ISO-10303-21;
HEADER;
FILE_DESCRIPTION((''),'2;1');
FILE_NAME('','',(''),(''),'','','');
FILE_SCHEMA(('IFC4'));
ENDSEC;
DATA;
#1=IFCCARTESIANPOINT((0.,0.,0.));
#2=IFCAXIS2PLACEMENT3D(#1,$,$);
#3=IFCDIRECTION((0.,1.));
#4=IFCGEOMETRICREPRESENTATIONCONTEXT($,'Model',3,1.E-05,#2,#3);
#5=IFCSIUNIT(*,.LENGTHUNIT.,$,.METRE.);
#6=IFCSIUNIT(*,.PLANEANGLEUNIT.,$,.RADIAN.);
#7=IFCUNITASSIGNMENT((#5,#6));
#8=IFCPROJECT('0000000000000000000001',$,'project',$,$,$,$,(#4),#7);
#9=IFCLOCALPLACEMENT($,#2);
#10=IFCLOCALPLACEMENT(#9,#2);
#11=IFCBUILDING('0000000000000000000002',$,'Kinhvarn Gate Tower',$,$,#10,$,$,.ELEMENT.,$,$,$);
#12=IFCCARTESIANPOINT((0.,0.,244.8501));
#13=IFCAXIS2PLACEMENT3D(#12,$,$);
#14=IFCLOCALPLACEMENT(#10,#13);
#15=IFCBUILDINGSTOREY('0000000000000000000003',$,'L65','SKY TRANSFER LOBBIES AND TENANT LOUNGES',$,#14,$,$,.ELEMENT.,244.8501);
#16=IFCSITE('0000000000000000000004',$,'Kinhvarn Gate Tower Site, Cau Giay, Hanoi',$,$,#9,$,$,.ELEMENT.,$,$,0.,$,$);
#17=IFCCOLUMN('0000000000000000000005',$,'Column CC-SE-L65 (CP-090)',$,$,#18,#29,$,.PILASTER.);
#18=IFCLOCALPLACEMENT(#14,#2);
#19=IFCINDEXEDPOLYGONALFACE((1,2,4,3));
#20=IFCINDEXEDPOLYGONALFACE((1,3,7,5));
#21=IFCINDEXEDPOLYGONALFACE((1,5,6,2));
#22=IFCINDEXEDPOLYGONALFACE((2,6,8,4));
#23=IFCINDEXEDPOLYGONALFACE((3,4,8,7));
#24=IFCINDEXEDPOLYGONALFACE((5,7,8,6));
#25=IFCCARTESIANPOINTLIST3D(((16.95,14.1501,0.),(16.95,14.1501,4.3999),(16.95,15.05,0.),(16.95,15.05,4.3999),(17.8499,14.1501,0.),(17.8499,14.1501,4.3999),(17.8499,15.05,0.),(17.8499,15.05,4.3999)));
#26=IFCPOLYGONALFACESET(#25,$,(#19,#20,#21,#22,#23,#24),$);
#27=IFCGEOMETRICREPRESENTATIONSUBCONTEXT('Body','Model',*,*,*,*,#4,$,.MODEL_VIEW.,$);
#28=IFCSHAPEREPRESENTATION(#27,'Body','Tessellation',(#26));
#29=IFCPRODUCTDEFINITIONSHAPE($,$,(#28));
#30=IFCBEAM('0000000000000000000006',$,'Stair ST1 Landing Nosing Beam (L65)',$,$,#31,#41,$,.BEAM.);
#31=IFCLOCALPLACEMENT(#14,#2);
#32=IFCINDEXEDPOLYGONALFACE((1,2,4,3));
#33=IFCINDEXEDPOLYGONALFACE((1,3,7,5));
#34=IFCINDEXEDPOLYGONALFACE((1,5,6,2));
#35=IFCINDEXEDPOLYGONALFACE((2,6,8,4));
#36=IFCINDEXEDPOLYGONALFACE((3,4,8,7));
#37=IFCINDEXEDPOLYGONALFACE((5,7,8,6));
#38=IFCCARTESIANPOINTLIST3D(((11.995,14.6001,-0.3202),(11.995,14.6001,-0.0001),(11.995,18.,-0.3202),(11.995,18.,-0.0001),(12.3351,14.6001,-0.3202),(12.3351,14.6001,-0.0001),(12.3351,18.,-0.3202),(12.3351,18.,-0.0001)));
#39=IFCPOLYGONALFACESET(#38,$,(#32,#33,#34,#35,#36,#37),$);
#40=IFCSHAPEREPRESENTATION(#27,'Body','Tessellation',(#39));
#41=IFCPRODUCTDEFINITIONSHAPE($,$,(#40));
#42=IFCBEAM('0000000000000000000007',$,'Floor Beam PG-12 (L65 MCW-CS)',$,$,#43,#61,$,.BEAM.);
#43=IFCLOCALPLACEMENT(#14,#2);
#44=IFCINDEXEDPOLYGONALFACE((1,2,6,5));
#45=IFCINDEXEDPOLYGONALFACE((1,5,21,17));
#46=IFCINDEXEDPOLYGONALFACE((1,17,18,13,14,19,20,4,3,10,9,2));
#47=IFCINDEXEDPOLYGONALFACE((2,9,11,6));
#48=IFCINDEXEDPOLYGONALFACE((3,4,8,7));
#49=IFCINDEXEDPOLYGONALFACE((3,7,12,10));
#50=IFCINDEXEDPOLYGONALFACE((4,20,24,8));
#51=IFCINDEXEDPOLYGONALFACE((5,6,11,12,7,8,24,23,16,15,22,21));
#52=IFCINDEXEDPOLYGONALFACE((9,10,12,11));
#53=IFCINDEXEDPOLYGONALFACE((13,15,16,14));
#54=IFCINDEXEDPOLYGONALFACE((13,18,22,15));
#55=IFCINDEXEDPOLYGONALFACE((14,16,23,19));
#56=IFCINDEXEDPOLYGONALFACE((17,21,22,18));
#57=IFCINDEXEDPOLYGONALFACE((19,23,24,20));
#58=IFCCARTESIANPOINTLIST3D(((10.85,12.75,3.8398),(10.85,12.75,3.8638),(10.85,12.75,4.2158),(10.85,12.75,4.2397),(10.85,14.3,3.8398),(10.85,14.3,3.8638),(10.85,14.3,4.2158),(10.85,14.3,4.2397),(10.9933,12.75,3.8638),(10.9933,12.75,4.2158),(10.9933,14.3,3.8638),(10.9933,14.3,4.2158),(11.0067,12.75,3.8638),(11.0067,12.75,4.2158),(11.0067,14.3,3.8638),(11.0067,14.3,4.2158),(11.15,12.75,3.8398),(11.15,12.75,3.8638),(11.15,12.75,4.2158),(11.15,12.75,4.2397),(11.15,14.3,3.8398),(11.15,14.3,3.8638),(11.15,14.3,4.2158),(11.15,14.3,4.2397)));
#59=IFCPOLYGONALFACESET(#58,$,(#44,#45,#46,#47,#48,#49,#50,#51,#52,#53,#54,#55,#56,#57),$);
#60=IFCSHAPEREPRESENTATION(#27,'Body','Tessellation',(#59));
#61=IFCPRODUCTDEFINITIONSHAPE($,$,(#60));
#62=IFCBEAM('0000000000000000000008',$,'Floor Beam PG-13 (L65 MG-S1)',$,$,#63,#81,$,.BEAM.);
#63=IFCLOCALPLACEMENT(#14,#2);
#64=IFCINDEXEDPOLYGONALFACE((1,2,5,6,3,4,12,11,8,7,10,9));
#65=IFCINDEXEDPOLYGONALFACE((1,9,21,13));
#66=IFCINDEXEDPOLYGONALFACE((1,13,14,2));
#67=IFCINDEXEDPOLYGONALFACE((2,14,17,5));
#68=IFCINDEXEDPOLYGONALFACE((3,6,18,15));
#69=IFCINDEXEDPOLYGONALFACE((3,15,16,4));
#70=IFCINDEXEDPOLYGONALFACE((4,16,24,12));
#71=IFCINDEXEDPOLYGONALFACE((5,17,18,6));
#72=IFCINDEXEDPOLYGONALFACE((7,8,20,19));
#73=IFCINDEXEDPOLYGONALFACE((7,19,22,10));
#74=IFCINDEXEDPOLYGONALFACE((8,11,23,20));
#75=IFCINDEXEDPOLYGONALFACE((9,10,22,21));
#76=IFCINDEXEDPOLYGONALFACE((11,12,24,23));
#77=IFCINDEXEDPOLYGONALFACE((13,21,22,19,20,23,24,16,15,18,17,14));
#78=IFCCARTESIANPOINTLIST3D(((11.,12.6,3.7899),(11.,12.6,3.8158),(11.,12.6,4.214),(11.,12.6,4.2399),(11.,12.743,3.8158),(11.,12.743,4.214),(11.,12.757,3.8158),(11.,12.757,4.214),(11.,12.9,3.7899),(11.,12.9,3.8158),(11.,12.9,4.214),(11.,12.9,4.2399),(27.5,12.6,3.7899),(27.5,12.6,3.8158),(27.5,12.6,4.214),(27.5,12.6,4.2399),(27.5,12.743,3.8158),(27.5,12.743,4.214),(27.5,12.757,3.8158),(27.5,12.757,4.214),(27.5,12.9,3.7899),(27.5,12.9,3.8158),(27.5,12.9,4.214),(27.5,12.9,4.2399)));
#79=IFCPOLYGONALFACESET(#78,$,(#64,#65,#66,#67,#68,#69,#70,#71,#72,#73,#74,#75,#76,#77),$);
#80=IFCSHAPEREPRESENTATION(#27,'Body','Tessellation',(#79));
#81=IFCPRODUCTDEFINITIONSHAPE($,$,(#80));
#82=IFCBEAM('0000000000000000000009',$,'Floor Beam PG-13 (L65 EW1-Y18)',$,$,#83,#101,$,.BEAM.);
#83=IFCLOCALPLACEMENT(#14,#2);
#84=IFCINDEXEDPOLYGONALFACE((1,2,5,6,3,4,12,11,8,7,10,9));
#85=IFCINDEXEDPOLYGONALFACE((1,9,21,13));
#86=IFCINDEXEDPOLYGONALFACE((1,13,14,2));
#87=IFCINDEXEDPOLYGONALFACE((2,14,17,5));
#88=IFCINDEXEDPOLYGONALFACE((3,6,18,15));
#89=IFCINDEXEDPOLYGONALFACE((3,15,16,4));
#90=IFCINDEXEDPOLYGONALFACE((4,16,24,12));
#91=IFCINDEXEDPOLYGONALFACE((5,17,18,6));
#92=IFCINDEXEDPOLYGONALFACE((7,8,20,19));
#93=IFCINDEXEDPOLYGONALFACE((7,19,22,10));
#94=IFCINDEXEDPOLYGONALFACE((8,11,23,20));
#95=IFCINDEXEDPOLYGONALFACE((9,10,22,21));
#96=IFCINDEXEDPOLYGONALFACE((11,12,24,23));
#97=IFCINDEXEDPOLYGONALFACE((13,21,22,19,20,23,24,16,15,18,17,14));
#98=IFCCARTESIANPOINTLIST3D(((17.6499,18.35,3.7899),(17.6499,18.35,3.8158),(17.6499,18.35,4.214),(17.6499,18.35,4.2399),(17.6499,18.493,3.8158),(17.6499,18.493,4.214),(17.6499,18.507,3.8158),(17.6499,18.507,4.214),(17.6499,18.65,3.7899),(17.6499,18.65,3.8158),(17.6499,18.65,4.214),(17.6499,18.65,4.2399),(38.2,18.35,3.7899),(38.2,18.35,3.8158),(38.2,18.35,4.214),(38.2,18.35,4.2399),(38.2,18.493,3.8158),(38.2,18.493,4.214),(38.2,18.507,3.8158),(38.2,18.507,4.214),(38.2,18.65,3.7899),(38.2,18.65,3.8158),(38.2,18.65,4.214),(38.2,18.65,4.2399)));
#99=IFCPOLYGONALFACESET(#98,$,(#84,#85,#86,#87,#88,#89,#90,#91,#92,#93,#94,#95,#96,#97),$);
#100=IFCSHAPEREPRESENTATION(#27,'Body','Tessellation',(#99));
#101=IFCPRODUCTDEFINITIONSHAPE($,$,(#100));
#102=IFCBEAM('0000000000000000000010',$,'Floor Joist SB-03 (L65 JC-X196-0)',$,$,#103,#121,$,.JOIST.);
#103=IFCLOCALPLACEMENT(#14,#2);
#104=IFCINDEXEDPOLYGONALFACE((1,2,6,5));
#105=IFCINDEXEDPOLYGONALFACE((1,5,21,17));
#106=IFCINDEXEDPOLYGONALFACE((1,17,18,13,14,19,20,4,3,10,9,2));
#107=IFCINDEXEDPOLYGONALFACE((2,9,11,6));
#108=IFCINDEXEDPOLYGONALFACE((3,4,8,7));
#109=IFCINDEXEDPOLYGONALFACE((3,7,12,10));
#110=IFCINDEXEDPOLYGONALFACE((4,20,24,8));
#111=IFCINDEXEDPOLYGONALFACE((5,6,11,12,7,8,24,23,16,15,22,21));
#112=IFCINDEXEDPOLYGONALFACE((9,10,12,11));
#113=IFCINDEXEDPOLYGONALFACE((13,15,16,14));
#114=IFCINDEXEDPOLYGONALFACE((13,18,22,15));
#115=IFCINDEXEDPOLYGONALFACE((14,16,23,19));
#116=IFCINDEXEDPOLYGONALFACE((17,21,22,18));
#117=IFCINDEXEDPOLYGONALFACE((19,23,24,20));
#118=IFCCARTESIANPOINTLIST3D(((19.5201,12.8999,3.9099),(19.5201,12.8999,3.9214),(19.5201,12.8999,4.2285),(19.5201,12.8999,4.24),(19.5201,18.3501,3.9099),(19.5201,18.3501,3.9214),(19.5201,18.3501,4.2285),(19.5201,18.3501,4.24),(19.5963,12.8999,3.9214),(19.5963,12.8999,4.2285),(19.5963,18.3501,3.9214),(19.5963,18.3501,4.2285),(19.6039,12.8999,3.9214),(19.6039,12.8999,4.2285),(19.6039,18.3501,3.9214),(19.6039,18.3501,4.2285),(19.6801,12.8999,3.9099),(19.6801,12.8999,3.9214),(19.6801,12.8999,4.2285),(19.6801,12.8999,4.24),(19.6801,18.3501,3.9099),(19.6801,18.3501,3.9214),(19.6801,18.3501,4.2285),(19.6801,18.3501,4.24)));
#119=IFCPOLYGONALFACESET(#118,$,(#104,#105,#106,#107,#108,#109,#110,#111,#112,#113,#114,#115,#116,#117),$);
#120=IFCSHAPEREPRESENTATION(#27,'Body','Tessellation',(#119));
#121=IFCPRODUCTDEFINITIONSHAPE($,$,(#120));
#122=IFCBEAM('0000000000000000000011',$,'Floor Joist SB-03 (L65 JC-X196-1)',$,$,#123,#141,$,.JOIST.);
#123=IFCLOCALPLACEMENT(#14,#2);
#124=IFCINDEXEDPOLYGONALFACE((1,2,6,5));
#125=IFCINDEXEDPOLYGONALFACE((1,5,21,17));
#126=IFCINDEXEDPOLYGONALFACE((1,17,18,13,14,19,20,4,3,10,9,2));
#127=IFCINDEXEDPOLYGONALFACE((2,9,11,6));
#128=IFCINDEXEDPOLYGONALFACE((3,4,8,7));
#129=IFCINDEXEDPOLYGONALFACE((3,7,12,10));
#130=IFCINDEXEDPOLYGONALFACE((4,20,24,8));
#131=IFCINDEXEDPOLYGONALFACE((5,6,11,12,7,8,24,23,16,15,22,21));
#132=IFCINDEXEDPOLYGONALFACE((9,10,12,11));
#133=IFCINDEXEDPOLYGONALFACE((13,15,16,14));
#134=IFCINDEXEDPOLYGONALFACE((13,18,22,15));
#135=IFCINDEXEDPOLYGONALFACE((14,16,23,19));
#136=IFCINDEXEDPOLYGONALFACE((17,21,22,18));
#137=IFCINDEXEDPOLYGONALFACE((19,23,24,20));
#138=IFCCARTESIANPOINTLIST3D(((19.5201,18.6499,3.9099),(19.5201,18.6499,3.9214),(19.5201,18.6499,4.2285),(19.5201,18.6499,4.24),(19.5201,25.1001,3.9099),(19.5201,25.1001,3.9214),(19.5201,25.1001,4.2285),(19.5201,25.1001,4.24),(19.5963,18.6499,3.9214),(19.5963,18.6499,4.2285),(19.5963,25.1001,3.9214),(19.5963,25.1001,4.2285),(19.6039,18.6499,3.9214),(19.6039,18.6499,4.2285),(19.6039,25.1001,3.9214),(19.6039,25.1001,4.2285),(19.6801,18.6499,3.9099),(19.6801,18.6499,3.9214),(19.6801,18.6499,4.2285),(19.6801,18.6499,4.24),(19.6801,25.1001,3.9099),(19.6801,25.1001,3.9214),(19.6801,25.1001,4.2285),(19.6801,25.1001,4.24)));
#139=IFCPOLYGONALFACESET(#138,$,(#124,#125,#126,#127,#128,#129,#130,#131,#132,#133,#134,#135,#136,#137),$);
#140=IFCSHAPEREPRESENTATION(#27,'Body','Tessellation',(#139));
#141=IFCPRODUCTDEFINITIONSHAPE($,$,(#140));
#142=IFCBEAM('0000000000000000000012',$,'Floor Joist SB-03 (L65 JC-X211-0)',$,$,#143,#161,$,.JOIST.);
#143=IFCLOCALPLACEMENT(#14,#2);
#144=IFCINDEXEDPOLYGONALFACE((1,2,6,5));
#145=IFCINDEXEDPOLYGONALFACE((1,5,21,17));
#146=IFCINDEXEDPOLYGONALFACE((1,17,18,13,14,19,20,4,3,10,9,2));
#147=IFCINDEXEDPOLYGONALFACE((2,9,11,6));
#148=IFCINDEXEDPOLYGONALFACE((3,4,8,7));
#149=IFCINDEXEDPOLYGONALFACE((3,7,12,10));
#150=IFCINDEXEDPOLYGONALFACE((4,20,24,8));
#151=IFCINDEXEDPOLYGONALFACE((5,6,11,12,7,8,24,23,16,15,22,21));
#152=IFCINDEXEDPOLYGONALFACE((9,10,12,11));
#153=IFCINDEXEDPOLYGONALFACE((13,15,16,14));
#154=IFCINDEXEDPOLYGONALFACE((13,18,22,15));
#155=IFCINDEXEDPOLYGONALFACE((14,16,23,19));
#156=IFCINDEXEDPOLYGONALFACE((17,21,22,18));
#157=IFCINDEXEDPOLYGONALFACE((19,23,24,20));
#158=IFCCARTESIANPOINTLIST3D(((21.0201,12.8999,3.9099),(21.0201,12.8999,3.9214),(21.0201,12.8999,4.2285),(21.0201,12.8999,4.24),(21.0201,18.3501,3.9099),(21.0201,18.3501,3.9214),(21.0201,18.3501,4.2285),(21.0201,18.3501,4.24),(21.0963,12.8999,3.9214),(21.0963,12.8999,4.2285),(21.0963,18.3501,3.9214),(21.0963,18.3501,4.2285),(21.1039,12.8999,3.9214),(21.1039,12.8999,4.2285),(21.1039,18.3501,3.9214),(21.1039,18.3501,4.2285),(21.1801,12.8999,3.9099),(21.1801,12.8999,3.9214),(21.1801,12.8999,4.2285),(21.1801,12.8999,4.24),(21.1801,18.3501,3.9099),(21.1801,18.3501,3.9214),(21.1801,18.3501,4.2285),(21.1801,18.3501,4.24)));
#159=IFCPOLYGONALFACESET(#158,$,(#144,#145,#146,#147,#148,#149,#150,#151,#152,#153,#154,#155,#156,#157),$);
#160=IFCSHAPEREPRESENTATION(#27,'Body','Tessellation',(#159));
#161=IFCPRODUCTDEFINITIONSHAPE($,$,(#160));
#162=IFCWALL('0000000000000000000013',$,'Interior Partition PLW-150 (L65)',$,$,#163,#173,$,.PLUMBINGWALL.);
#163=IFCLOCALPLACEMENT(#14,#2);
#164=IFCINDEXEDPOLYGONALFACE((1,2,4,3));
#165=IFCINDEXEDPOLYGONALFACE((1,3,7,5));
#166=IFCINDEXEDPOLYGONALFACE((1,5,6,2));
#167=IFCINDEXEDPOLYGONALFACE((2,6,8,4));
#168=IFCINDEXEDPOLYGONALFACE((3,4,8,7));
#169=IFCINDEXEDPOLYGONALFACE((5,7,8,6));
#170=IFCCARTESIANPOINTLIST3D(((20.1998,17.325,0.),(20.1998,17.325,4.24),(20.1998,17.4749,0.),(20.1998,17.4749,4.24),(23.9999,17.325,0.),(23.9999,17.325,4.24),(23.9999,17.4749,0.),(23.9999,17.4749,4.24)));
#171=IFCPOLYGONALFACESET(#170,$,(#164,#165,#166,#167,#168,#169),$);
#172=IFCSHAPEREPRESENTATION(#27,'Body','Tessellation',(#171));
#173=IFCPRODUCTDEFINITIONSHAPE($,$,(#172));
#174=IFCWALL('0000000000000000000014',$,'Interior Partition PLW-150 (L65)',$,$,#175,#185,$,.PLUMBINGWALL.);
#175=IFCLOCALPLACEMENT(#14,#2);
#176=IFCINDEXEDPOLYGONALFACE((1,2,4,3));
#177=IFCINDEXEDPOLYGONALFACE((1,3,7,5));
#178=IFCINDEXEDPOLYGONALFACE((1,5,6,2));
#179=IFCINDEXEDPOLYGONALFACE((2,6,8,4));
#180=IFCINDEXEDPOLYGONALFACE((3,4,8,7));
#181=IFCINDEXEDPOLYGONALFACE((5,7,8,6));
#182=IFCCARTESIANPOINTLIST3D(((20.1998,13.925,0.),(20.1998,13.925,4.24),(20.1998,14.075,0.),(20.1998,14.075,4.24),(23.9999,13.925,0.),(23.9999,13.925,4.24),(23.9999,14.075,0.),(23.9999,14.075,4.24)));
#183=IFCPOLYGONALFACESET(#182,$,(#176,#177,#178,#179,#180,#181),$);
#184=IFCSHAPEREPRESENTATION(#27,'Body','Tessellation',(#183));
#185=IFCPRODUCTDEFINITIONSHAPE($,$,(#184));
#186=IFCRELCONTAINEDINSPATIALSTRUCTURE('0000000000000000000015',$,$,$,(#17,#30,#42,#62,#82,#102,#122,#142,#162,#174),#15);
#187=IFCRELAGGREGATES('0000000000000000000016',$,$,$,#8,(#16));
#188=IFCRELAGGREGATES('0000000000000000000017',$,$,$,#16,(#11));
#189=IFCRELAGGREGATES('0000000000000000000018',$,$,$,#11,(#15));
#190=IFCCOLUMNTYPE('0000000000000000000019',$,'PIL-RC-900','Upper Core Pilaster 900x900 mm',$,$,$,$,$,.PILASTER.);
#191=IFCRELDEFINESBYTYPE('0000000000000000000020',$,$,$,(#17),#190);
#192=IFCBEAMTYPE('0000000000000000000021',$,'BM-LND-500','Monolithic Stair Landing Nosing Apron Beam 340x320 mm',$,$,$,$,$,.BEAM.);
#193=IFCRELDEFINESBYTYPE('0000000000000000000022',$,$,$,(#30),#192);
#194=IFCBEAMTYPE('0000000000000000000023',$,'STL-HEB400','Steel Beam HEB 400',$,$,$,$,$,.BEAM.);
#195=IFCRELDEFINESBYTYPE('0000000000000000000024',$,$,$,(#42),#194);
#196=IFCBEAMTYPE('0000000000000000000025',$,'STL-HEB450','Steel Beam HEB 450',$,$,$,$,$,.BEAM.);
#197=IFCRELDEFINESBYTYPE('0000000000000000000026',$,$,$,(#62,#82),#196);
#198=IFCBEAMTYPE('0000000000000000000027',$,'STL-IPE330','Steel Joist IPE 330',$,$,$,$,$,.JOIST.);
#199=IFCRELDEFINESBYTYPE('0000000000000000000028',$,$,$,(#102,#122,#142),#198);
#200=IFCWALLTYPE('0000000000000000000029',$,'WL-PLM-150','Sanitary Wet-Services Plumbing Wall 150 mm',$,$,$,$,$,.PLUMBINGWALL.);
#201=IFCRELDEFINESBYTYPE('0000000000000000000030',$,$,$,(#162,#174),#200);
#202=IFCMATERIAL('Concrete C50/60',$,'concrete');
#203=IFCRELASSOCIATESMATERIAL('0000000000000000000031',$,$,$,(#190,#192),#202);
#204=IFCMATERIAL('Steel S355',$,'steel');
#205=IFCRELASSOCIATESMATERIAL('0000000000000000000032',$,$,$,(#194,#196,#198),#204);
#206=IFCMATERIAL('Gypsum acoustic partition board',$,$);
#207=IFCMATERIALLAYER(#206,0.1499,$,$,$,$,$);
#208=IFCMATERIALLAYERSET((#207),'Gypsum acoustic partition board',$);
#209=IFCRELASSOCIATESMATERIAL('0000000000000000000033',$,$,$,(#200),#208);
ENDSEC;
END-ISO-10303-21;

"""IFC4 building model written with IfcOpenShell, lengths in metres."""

from ifc_helpers import new_model, si_unit, direction, frame, frame_2d, origin, origin_2d, place, context, subcontext, project, spatial, rectangle, i_section, extrude, material, layer, layer_set, material_profile, profile_set, type_object, element, save


model = new_model("IFC4")

# Units and contexts
model_context = context("Model", 3, precision=1e-05, world=origin(), true_north=direction((0.0, 1.0)))
body_context = subcontext(model_context, "Body", "Model", "MODEL_VIEW")
ifc_project = project(units=[si_unit("LENGTHUNIT", "METRE"), si_unit("PLANEANGLEUNIT", "RADIAN")], contexts=[model_context])

# Site, building, storey
site_placement = place(None, origin())
site = spatial("IfcSite", under=ifc_project, at=site_placement, Name="Kinhvarn Gate Tower Site, Cau Giay, Hanoi", CompositionType="ELEMENT", RefElevation=0.0)
building_placement = place(site_placement, origin())
building = spatial("IfcBuilding", under=site, at=building_placement, Name="Kinhvarn Gate Tower", CompositionType="ELEMENT")
storey_placement = place(building_placement, frame((0.0, 0.0, 244.8501)))
storey = spatial("IfcBuildingStorey", under=building, at=storey_placement, Name="L65", Description="SKY TRANSFER LOBBIES AND TENANT LOUNGES", CompositionType="ELEMENT", Elevation=244.8501)

# Column
ifc_material_1 = material(Name="Concrete C50/60", Category="concrete")
ifc_material_profile_1 = material_profile(ifc_material_1, rectangle(XDim=0.8999, YDim=0.8999, at=origin_2d()), Name="RC 900x900")
ifc_profile_set_1 = profile_set([ifc_material_profile_1], Name="Concrete C50/60")
column_type = type_object("IfcColumnType", Name="PIL-RC-900", Description="Upper Core Pilaster 900x900 mm", PredefinedType="PILASTER", material=ifc_profile_set_1)
column_placement = place(storey_placement, frame((17.3999, 14.6001, 0.0), z_axis=(0.0, 0.0, 1.0), x_axis=(1.0, 0.0, 0.0)))
element("IfcColumn", 1, at=column_placement, inside=storey, type_object=column_type, Name="Column CC-SE-L65 (CP-090)", PredefinedType="PILASTER", context=body_context, shape_type="SweptSolid", body=[
    extrude(rectangle(XDim=0.8999, YDim=0.8999, at=origin_2d()), origin(), (0.0, 0.0, 1.0), 4.3999),
])

# Beams
ifc_material_profile_2 = material_profile(ifc_material_1, rectangle(XDim=0.3401, YDim=0.3201, at=origin_2d()), Name="RC 340x320")
ifc_profile_set_2 = profile_set([ifc_material_profile_2], Name="Concrete C50/60")
beam_type_1 = type_object("IfcBeamType", Name="BM-LND-500", Description="Monolithic Stair Landing Nosing Apron Beam 340x320 mm", PredefinedType="BEAM", material=ifc_profile_set_2)
beam_1_placement = place(storey_placement, frame((12.165, 14.6001, -0.1602), z_axis=(0.0, 1.0, 0.0), x_axis=(-1.0, 0.0, 0.0)))
element("IfcBeam", 2, at=beam_1_placement, inside=storey, type_object=beam_type_1, Name="Stair ST1 Landing Nosing Beam (L65)", PredefinedType="BEAM", context=body_context, shape_type="SweptSolid", body=[
    extrude(rectangle(XDim=0.3401, YDim=0.3201, at=origin_2d()), origin(), (0.0, 0.0, 1.0), 3.3999),
])
ifc_material_2 = material(Name="Steel S355", Category="steel")
ifc_material_profile_3 = material_profile(ifc_material_2, i_section(OverallWidth=0.3, OverallDepth=0.3999, WebThickness=0.0134, FlangeThickness=0.0239, at=origin_2d()), Name="HEB 400")
ifc_profile_set_3 = profile_set([ifc_material_profile_3], Name="Steel S355")
beam_type_2 = type_object("IfcBeamType", Name="STL-HEB400", Description="Steel Beam HEB 400", PredefinedType="BEAM", material=ifc_profile_set_3)
beam_2_placement = place(storey_placement, frame((11.0, 12.75, 4.0398), z_axis=(0.0, 1.0, 0.0), x_axis=(-1.0, 0.0, 0.0)))
element("IfcBeam", 3, at=beam_2_placement, inside=storey, type_object=beam_type_2, Name="Floor Beam PG-12 (L65 MCW-CS)", PredefinedType="BEAM", context=body_context, shape_type="SweptSolid", body=[
    extrude(i_section(OverallWidth=0.3, OverallDepth=0.3999, WebThickness=0.0134, FlangeThickness=0.0239, at=origin_2d()), origin(), (0.0, 0.0, 1.0), 1.55),
])
ifc_material_profile_4 = material_profile(ifc_material_2, i_section(OverallWidth=0.3, OverallDepth=0.45, WebThickness=0.0139, FlangeThickness=0.0259, at=origin_2d()), Name="HEB 450")
ifc_profile_set_4 = profile_set([ifc_material_profile_4], Name="Steel S355")
beam_type_3 = type_object("IfcBeamType", Name="STL-HEB450", Description="Steel Beam HEB 450", PredefinedType="BEAM", material=ifc_profile_set_4)
beam_3_placement = place(storey_placement, frame((11.0, 12.75, 4.0149), z_axis=(1.0, 0.0, 0.0), x_axis=(0.0, 1.0, 0.0)))
element("IfcBeam", 4, at=beam_3_placement, inside=storey, type_object=beam_type_3, Name="Floor Beam PG-13 (L65 MG-S1)", PredefinedType="BEAM", context=body_context, shape_type="SweptSolid", body=[
    extrude(i_section(OverallWidth=0.3, OverallDepth=0.45, WebThickness=0.0139, FlangeThickness=0.0259, at=origin_2d()), origin(), (0.0, 0.0, 1.0), 16.5),
])
beam_4_placement = place(storey_placement, frame((17.6499, 18.5, 4.0149), z_axis=(1.0, 0.0, 0.0), x_axis=(0.0, 1.0, 0.0)))
element("IfcBeam", 5, at=beam_4_placement, inside=storey, type_object=beam_type_3, Name="Floor Beam PG-13 (L65 EW1-Y18)", PredefinedType="BEAM", context=body_context, shape_type="SweptSolid", body=[
    extrude(i_section(OverallWidth=0.3, OverallDepth=0.45, WebThickness=0.0139, FlangeThickness=0.0259, at=origin_2d()), origin(), (0.0, 0.0, 1.0), 20.55),
])
ifc_material_profile_5 = material_profile(ifc_material_2, i_section(OverallWidth=0.1599, OverallDepth=0.3301, WebThickness=0.0076, FlangeThickness=0.0115, at=origin_2d()), Name="IPE 330")
ifc_profile_set_5 = profile_set([ifc_material_profile_5], Name="Steel S355")
beam_type_4 = type_object("IfcBeamType", Name="STL-IPE330", Description="Steel Joist IPE 330", PredefinedType="JOIST", material=ifc_profile_set_5)
beam_5_placement = place(storey_placement, frame((19.6001, 12.8999, 4.075), z_axis=(0.0, 1.0, 0.0), x_axis=(-1.0, 0.0, 0.0)))
element("IfcBeam", 6, at=beam_5_placement, inside=storey, type_object=beam_type_4, Name="Floor Joist SB-03 (L65 JC-X196-0)", PredefinedType="JOIST", context=body_context, shape_type="SweptSolid", body=[
    extrude(i_section(OverallWidth=0.1599, OverallDepth=0.3301, WebThickness=0.0076, FlangeThickness=0.0115, at=origin_2d()), origin(), (0.0, 0.0, 1.0), 5.4502),
])
beam_6_placement = place(storey_placement, frame((19.6001, 18.6499, 4.075), z_axis=(0.0, 1.0, 0.0), x_axis=(-1.0, 0.0, 0.0)))
element("IfcBeam", 7, at=beam_6_placement, inside=storey, type_object=beam_type_4, Name="Floor Joist SB-03 (L65 JC-X196-1)", PredefinedType="JOIST", context=body_context, shape_type="SweptSolid", body=[
    extrude(i_section(OverallWidth=0.1599, OverallDepth=0.3301, WebThickness=0.0076, FlangeThickness=0.0115, at=origin_2d()), origin(), (0.0, 0.0, 1.0), 6.4502),
])
beam_7_placement = place(storey_placement, frame((21.1001, 12.8999, 4.075), z_axis=(0.0, 1.0, 0.0), x_axis=(-1.0, 0.0, 0.0)))
element("IfcBeam", 8, at=beam_7_placement, inside=storey, type_object=beam_type_4, Name="Floor Joist SB-03 (L65 JC-X211-0)", PredefinedType="JOIST", context=body_context, shape_type="SweptSolid", body=[
    extrude(i_section(OverallWidth=0.1599, OverallDepth=0.3301, WebThickness=0.0076, FlangeThickness=0.0115, at=origin_2d()), origin(), (0.0, 0.0, 1.0), 5.4502),
])

# Walls
ifc_material_3 = material(Name="Gypsum acoustic partition board")
ifc_layer_1 = layer(ifc_material_3, 0.1499)
ifc_layer_set_1 = layer_set([ifc_layer_1], Name="Gypsum acoustic partition board")
wall_type_1 = type_object("IfcWallType", Name="WL-PLM-150", Description="Sanitary Wet-Services Plumbing Wall 150 mm", PredefinedType="PLUMBINGWALL", material=ifc_layer_set_1)
for number, where, z_axis, x_axis, name in (
    (9, (20.2, 17.3999, 0.0), (0.0, 0.0, 1.0), (1.0, 0.0, 0.0), "Interior Partition PLW-150 (L65)"),
    (10, (20.2, 14.0, 0.0), (0.0, 0.0, 1.0), (1.0, 0.0, 0.0), "Interior Partition PLW-150 (L65)"),
):
    element("IfcWall", number, at=place(storey_placement, frame(where, z_axis=z_axis, x_axis=x_axis)), inside=storey, type_object=wall_type_1, Name=name, PredefinedType="PLUMBINGWALL", context=body_context, shape_type="SweptSolid", body=[
        extrude(rectangle(XDim=3.8, YDim=0.1499, at=frame_2d((1.8999, 0.0))), origin(), (0.0, 0.0, 1.0), 4.24),
    ])

save(model, "model.ifc")
